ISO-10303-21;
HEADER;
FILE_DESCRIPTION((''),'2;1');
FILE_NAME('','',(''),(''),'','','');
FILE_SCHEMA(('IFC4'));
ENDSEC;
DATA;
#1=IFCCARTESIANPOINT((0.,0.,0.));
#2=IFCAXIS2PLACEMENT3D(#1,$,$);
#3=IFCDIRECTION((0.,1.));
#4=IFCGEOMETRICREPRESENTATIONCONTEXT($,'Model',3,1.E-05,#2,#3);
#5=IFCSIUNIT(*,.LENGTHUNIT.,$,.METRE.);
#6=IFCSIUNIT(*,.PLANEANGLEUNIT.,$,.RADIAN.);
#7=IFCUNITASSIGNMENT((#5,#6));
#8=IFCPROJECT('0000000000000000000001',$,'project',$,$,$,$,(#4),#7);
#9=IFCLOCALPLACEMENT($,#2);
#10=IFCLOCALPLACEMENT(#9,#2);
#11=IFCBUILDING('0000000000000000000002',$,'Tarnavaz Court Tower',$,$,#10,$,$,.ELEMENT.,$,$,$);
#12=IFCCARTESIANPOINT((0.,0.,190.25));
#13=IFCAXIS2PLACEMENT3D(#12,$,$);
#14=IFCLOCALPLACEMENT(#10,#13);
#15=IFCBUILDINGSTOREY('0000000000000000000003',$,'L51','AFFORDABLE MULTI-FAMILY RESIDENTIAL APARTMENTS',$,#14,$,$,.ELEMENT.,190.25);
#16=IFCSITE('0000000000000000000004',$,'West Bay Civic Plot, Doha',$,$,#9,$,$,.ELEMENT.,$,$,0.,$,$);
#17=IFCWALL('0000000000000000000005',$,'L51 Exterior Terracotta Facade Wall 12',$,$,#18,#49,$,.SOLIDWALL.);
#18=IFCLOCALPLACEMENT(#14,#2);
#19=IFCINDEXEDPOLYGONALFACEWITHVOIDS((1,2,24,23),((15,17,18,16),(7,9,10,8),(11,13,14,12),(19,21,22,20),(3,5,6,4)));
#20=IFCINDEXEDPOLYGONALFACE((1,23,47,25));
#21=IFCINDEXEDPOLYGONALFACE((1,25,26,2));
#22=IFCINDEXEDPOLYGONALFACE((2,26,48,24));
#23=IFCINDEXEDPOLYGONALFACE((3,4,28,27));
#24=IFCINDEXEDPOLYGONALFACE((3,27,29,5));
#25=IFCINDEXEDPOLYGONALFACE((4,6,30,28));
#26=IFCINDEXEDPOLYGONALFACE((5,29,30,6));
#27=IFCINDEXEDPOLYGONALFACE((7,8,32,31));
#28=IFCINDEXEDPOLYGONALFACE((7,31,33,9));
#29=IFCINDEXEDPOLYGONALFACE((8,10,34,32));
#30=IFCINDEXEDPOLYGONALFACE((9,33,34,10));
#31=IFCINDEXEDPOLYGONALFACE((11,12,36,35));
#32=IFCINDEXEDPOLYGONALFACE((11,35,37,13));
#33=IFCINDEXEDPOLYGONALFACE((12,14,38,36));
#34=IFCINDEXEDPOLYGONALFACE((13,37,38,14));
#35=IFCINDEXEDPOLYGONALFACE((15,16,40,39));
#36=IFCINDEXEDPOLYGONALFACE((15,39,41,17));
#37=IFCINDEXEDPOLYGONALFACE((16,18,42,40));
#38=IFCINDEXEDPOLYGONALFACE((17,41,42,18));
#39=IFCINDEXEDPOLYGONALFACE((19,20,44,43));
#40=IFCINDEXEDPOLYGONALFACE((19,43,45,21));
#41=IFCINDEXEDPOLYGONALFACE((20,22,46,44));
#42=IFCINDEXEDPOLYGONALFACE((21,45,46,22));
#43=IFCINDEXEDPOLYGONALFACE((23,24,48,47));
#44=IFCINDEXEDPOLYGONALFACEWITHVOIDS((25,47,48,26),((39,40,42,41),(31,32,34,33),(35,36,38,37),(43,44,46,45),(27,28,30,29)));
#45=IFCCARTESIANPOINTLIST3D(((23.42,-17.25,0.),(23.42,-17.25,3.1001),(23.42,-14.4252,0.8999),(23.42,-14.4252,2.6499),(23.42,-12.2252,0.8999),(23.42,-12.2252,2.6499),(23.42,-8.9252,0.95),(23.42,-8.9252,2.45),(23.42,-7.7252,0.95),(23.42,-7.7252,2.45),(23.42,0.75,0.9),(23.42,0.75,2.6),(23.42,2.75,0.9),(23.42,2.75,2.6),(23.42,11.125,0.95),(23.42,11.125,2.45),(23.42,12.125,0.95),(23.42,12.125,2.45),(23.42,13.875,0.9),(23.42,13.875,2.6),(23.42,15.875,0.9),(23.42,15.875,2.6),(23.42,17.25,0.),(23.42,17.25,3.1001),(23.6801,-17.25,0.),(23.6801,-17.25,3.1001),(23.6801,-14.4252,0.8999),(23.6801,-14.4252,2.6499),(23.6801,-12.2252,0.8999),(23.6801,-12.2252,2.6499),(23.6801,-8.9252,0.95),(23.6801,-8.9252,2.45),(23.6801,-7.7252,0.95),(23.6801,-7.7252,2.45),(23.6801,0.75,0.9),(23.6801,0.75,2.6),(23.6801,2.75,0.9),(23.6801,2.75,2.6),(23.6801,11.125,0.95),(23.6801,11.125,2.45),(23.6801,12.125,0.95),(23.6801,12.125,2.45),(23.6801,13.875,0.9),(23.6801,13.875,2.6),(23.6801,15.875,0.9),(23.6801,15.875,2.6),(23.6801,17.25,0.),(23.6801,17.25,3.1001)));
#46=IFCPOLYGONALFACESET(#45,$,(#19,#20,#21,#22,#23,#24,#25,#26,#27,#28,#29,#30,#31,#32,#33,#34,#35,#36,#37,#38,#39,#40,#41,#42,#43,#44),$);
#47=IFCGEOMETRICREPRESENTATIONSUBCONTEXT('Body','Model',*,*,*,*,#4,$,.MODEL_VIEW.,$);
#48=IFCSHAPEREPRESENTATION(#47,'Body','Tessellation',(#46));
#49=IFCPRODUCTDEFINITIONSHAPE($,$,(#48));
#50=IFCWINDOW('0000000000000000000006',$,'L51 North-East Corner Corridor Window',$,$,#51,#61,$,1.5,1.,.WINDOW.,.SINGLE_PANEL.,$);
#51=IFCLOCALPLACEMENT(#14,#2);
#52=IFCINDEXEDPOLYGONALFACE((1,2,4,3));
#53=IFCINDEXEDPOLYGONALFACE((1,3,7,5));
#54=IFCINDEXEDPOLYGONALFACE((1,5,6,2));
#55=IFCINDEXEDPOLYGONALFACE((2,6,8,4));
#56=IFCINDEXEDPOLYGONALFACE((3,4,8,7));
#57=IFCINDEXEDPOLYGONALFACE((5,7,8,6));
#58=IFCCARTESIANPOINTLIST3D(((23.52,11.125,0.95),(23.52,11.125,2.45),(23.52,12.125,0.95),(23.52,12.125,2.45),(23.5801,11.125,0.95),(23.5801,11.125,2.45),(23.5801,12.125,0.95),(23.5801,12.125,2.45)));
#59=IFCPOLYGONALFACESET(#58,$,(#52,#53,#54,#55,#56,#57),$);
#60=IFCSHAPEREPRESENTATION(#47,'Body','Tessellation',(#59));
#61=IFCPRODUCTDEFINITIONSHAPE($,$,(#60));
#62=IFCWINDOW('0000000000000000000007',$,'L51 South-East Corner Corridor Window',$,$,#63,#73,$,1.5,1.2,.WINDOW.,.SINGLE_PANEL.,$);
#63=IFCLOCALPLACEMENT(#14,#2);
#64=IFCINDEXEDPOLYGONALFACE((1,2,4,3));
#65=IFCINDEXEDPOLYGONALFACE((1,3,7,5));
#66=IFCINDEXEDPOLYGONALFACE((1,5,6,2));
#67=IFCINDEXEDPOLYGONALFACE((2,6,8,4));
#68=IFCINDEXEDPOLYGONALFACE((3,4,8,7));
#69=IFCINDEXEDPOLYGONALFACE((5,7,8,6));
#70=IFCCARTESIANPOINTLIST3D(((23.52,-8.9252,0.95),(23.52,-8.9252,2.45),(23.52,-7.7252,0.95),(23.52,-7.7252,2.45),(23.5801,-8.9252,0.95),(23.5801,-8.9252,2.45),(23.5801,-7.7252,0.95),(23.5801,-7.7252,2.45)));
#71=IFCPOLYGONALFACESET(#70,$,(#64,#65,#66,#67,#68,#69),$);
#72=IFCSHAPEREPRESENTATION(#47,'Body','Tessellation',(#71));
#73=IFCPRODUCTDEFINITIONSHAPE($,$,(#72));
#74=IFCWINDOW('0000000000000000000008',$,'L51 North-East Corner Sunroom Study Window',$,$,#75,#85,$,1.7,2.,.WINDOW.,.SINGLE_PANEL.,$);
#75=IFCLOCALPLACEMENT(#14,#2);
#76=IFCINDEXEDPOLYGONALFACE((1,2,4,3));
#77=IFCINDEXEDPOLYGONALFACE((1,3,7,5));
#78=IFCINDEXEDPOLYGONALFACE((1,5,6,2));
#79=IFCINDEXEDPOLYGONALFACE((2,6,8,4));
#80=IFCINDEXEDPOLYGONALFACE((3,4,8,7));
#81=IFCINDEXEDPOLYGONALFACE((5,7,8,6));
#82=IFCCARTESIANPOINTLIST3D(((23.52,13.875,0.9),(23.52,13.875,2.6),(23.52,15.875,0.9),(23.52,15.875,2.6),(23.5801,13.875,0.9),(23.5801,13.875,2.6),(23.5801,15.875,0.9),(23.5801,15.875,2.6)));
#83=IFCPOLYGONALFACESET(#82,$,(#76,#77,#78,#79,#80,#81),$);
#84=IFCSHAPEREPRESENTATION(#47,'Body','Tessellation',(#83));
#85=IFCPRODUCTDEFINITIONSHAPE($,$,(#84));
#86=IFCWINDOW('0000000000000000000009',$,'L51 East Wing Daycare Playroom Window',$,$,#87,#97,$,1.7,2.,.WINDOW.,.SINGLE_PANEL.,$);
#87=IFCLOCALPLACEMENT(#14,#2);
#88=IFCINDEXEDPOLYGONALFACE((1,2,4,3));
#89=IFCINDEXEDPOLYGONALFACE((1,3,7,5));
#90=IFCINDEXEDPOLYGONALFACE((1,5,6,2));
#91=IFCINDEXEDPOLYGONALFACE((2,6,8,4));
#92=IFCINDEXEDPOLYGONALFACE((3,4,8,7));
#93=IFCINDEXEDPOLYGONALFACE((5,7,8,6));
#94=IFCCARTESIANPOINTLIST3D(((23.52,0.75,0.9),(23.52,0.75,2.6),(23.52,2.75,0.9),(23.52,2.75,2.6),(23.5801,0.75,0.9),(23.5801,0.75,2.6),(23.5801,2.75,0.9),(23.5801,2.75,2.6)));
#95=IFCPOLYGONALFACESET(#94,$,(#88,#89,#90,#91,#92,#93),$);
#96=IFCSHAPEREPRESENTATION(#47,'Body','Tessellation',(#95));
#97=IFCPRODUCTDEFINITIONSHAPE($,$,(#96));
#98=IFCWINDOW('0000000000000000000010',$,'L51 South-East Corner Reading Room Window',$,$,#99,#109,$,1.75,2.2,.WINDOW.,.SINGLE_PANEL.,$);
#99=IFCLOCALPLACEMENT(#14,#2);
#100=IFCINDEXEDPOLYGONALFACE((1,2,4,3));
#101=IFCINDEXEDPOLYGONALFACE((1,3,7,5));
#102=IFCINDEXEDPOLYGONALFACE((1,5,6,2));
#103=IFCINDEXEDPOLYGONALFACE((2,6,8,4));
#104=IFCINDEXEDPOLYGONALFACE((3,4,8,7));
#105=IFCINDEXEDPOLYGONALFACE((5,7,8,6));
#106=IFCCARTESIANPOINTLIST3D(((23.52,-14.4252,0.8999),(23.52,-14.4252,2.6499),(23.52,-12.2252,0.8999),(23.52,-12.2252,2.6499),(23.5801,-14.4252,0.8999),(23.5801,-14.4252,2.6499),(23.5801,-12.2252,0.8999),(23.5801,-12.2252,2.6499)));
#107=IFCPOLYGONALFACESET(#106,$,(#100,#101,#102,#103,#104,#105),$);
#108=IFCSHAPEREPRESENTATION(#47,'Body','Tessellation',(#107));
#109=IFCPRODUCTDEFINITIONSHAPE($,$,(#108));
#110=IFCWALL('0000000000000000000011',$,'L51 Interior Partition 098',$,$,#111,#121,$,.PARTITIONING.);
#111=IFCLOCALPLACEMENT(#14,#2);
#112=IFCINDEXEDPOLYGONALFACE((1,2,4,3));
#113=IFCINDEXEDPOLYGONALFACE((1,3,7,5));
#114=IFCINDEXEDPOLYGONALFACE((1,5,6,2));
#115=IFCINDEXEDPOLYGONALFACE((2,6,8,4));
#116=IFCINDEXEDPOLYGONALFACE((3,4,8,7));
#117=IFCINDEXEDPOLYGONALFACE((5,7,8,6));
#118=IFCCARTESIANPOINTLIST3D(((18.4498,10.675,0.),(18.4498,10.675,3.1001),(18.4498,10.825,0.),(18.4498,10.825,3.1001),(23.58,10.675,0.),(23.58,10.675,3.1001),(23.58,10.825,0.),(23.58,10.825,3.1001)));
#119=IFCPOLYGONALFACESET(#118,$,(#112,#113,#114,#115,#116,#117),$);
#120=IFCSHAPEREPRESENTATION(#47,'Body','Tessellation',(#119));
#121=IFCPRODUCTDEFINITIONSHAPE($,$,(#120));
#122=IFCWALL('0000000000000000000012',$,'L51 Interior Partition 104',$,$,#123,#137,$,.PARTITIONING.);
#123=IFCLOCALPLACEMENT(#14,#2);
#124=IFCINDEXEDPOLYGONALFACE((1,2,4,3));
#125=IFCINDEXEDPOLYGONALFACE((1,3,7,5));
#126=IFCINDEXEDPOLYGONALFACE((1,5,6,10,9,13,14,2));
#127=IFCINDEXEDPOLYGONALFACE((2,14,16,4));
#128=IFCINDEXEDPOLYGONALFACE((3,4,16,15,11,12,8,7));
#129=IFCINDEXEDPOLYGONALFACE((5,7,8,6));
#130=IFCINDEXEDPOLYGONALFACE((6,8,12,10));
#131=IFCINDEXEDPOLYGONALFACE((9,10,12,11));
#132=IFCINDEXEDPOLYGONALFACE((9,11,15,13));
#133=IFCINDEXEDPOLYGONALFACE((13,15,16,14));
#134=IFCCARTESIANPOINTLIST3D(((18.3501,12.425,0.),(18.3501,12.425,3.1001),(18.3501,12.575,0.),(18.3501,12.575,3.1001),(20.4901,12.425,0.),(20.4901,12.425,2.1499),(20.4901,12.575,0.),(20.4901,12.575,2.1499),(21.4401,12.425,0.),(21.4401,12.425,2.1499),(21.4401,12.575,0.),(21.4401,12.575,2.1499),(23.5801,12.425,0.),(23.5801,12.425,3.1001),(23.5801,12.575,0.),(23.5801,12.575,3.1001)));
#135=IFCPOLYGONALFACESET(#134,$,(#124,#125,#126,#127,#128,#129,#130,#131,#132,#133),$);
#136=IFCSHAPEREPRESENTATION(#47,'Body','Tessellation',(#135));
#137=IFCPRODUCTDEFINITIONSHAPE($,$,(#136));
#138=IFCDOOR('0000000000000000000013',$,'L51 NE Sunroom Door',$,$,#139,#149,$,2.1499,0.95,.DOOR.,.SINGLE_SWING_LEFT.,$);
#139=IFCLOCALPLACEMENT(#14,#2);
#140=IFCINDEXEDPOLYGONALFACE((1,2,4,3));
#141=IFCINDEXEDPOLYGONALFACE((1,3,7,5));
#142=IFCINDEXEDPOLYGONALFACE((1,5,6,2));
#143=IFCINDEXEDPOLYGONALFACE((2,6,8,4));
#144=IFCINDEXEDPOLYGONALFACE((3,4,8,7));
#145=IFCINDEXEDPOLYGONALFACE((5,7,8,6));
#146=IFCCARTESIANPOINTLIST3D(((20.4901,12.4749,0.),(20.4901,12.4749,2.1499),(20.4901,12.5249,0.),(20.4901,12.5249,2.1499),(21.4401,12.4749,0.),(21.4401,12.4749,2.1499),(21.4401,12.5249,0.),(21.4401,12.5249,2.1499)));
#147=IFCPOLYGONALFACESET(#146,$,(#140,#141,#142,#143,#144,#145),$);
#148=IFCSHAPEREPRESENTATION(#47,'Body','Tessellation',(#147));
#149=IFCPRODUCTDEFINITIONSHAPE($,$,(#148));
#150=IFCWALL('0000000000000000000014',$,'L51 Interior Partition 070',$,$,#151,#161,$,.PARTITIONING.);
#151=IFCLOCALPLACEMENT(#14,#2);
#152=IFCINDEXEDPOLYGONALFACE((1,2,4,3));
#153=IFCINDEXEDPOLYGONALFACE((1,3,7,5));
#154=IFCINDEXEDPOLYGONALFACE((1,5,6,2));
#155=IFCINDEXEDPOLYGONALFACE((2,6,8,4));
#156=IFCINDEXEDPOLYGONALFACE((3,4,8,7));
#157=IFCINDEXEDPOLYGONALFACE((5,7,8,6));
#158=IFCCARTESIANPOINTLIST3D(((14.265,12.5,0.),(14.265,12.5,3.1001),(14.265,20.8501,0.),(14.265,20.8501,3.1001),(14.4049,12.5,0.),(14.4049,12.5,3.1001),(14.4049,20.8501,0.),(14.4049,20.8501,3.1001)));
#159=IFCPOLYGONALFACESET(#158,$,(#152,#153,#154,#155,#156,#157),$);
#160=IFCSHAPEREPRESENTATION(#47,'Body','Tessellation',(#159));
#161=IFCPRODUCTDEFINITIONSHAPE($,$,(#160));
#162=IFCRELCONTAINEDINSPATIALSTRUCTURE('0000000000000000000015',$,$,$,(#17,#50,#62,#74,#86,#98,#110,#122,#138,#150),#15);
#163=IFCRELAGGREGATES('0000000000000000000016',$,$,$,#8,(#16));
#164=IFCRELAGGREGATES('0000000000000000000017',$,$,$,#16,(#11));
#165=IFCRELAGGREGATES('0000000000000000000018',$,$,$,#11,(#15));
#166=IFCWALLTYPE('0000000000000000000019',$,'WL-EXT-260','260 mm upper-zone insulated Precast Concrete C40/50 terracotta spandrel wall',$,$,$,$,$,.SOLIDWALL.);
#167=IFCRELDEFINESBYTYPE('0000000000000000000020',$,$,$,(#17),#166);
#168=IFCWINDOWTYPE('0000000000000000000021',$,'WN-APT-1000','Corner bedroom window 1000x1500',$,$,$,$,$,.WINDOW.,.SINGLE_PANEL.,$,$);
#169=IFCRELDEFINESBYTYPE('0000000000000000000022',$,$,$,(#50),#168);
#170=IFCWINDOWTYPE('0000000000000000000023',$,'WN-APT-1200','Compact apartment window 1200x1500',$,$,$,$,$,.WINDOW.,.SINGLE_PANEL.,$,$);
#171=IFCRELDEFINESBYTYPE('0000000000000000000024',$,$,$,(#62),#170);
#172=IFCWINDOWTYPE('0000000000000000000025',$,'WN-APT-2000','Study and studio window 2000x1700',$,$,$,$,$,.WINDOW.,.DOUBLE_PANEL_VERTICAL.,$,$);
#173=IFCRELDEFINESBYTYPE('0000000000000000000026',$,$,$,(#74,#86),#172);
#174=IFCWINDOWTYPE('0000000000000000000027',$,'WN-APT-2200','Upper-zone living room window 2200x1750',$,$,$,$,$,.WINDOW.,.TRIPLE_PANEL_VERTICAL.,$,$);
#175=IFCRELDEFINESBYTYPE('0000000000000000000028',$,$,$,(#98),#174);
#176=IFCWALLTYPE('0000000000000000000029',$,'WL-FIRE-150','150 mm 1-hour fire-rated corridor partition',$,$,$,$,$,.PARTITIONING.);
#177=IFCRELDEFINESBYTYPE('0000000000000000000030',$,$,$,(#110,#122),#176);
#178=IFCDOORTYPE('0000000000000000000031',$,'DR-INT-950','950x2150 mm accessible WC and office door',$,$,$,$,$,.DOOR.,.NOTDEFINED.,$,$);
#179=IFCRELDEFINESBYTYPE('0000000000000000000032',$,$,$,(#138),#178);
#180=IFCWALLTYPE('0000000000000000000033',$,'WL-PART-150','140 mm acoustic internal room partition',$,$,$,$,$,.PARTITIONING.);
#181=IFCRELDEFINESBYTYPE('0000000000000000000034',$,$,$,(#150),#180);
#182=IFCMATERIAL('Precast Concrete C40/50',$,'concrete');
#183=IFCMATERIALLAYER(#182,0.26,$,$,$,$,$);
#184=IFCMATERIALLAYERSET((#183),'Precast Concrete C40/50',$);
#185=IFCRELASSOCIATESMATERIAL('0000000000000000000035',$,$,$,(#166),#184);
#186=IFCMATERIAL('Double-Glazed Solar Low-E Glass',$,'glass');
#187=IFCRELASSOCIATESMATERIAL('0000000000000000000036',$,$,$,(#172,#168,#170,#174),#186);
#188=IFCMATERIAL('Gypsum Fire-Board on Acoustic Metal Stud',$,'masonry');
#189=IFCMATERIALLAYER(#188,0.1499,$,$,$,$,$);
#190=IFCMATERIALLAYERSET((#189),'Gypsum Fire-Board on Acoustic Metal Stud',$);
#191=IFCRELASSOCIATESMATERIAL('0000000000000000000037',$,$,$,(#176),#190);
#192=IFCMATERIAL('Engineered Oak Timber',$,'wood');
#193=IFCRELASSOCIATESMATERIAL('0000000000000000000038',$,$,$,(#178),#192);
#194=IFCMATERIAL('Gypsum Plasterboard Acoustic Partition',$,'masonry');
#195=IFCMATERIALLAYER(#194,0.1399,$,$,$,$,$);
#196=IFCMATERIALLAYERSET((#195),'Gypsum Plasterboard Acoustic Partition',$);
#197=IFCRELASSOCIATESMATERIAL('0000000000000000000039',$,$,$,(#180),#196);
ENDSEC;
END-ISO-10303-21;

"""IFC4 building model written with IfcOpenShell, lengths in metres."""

from ifc_helpers import new_model, si_unit, direction, frame, frame_2d, origin, place, context, subcontext, project, spatial, rectangle, extrude, material, layer, layer_set, type_object, element, fill, save


model = new_model("IFC4")

# Units and contexts
model_context = context("Model", 3, precision=1e-05, world=origin(), true_north=direction((0.0, 1.0)))
body_context = subcontext(model_context, "Body", "Model", "MODEL_VIEW")
ifc_project = project(units=[si_unit("LENGTHUNIT", "METRE"), si_unit("PLANEANGLEUNIT", "RADIAN")], contexts=[model_context])

# Site, building, storey
site_placement = place(None, origin())
site = spatial("IfcSite", under=ifc_project, at=site_placement, Name="West Bay Civic Plot, Doha", CompositionType="ELEMENT", RefElevation=0.0)
building_placement = place(site_placement, origin())
building = spatial("IfcBuilding", under=site, at=building_placement, Name="Tarnavaz Court Tower", CompositionType="ELEMENT")
storey_placement = place(building_placement, frame((0.0, 0.0, 190.25)))
storey = spatial("IfcBuildingStorey", under=building, at=storey_placement, Name="L51", Description="AFFORDABLE MULTI-FAMILY RESIDENTIAL APARTMENTS", CompositionType="ELEMENT", Elevation=190.25)

# Shared definitions
ifc_material_1 = material(Name="Precast Concrete C40/50", Category="concrete")
ifc_layer_1 = layer(ifc_material_1, 0.26)
ifc_layer_set_1 = layer_set([ifc_layer_1], Name="Precast Concrete C40/50")
wall_type_1 = type_object("IfcWallType", Name="WL-EXT-260", Description="260 mm upper-zone insulated Precast Concrete C40/50 terracotta spandrel wall", PredefinedType="SOLIDWALL", material=ifc_layer_set_1)
ifc_material_2 = material(Name="Double-Glazed Solar Low-E Glass", Category="glass")
window_type_1 = type_object("IfcWindowType", Name="WN-APT-2000", Description="Study and studio window 2000x1700", PartitioningType="DOUBLE_PANEL_VERTICAL", PredefinedType="WINDOW", material=ifc_material_2)

# Wall, openings, windows
wall_1_placement = place(storey_placement, frame((23.55, 17.25, 0.0), z_axis=(0.0, 0.0, 1.0), x_axis=(0.0, -1.0, 0.0)))
wall_1 = element("IfcWall", 1, at=wall_1_placement, inside=storey, type_object=wall_type_1, Name="L51 Exterior Terracotta Facade Wall 12", PredefinedType="SOLIDWALL", context=body_context, shape_type="SweptSolid", body=[
    extrude(rectangle(XDim=34.5, YDim=0.26, at=frame_2d((17.25, 0.0))), origin(), (0.0, 0.0, 1.0), 3.1001),
])
opening_1_placement = place(wall_1_placement, frame((1.375, 0.0, 0.8999)))
opening_1 = element("IfcOpeningElement", 2, at=opening_1_placement, cuts=wall_1, PredefinedType="OPENING", context=body_context, shape_type="SweptSolid", body=[
    extrude(rectangle(XDim=2.0, YDim=1.7, at=frame_2d((1.0, 0.8501))), frame((0.0, 0.1399, 0.0), z_axis=(0.0, -1.0, 0.0), x_axis=(1.0, 0.0, 0.0)), (0.0, 0.0, 1.0), 0.28),
])
opening_2_placement = place(wall_1_placement, frame((5.125, 0.0, 0.95)))
opening_2 = element("IfcOpeningElement", 3, at=opening_2_placement, cuts=wall_1, PredefinedType="OPENING", context=body_context, shape_type="SweptSolid", body=[
    extrude(rectangle(XDim=1.0, YDim=1.5, at=frame_2d((0.5, 0.75))), frame((0.0, 0.1399, 0.0), z_axis=(0.0, -1.0, 0.0), x_axis=(1.0, 0.0, 0.0)), (0.0, 0.0, 1.0), 0.28),
])
opening_3_placement = place(wall_1_placement, frame((14.5, 0.0, 0.8999)))
opening_3 = element("IfcOpeningElement", 4, at=opening_3_placement, cuts=wall_1, PredefinedType="OPENING", context=body_context, shape_type="SweptSolid", body=[
    extrude(rectangle(XDim=2.0, YDim=1.7, at=frame_2d((1.0, 0.8501))), frame((0.0, 0.1399, 0.0), z_axis=(0.0, -1.0, 0.0), x_axis=(1.0, 0.0, 0.0)), (0.0, 0.0, 1.0), 0.28),
])
opening_4_placement = place(wall_1_placement, frame((24.9751, 0.0, 0.95)))
opening_4 = element("IfcOpeningElement", 5, at=opening_4_placement, cuts=wall_1, PredefinedType="OPENING", context=body_context, shape_type="SweptSolid", body=[
    extrude(rectangle(XDim=1.2, YDim=1.5, at=frame_2d((0.6001, 0.75))), frame((0.0, 0.1399, 0.0), z_axis=(0.0, -1.0, 0.0), x_axis=(1.0, 0.0, 0.0)), (0.0, 0.0, 1.0), 0.28),
])
opening_5_placement = place(wall_1_placement, frame((29.4751, 0.0, 0.8999)))
opening_5 = element("IfcOpeningElement", 6, at=opening_5_placement, cuts=wall_1, PredefinedType="OPENING", context=body_context, shape_type="SweptSolid", body=[
    extrude(rectangle(XDim=2.2, YDim=1.75, at=frame_2d((1.1001, 0.875))), frame((0.0, 0.1399, 0.0), z_axis=(0.0, -1.0, 0.0), x_axis=(1.0, 0.0, 0.0)), (0.0, 0.0, 1.0), 0.28),
])
window_type_2 = type_object("IfcWindowType", Name="WN-APT-1000", Description="Corner bedroom window 1000x1500", PartitioningType="SINGLE_PANEL", PredefinedType="WINDOW", material=ifc_material_2)
window_1_placement = place(opening_2_placement, origin())
window_1 = element("IfcWindow", 7, at=window_1_placement, inside=storey, type_object=window_type_2, Name="L51 North-East Corner Corridor Window", OverallHeight=1.5, OverallWidth=1.0, PartitioningType="SINGLE_PANEL", PredefinedType="WINDOW", context=body_context, shape_type="SweptSolid", body=[
    extrude(rectangle(XDim=1.0, YDim=1.5, at=frame_2d((0.5, 0.75))), frame((0.0, 0.03, 0.0), z_axis=(0.0, -1.0, 0.0), x_axis=(1.0, 0.0, 0.0)), (0.0, 0.0, 1.0), 0.0601),
])
fill(opening_2, window_1)
window_type_3 = type_object("IfcWindowType", Name="WN-APT-1200", Description="Compact apartment window 1200x1500", PartitioningType="SINGLE_PANEL", PredefinedType="WINDOW", material=ifc_material_2)
window_2_placement = place(opening_4_placement, origin())
window_2 = element("IfcWindow", 8, at=window_2_placement, inside=storey, type_object=window_type_3, Name="L51 South-East Corner Corridor Window", OverallHeight=1.5, OverallWidth=1.2, PartitioningType="SINGLE_PANEL", PredefinedType="WINDOW", context=body_context, shape_type="SweptSolid", body=[
    extrude(rectangle(XDim=1.2, YDim=1.5, at=frame_2d((0.6001, 0.75))), frame((0.0, 0.03, 0.0), z_axis=(0.0, -1.0, 0.0), x_axis=(1.0, 0.0, 0.0)), (0.0, 0.0, 1.0), 0.0601),
])
fill(opening_4, window_2)
window_3_placement = place(opening_1_placement, origin())
window_3 = element("IfcWindow", 9, at=window_3_placement, inside=storey, type_object=window_type_1, Name="L51 North-East Corner Sunroom Study Window", OverallHeight=1.7, OverallWidth=2.0, PartitioningType="SINGLE_PANEL", PredefinedType="WINDOW", context=body_context, shape_type="SweptSolid", body=[
    extrude(rectangle(XDim=2.0, YDim=1.7, at=frame_2d((1.0, 0.8501))), frame((0.0, 0.03, 0.0), z_axis=(0.0, -1.0, 0.0), x_axis=(1.0, 0.0, 0.0)), (0.0, 0.0, 1.0), 0.0601),
])
fill(opening_1, window_3)
window_4_placement = place(opening_3_placement, origin())
window_4 = element("IfcWindow", 10, at=window_4_placement, inside=storey, type_object=window_type_1, Name="L51 East Wing Daycare Playroom Window", OverallHeight=1.7, OverallWidth=2.0, PartitioningType="SINGLE_PANEL", PredefinedType="WINDOW", context=body_context, shape_type="SweptSolid", body=[
    extrude(rectangle(XDim=2.0, YDim=1.7, at=frame_2d((1.0, 0.8501))), frame((0.0, 0.03, 0.0), z_axis=(0.0, -1.0, 0.0), x_axis=(1.0, 0.0, 0.0)), (0.0, 0.0, 1.0), 0.0601),
])
fill(opening_3, window_4)
window_type_4 = type_object("IfcWindowType", Name="WN-APT-2200", Description="Upper-zone living room window 2200x1750", PartitioningType="TRIPLE_PANEL_VERTICAL", PredefinedType="WINDOW", material=ifc_material_2)
window_5_placement = place(opening_5_placement, origin())
window_5 = element("IfcWindow", 11, at=window_5_placement, inside=storey, type_object=window_type_4, Name="L51 South-East Corner Reading Room Window", OverallHeight=1.75, OverallWidth=2.2, PartitioningType="SINGLE_PANEL", PredefinedType="WINDOW", context=body_context, shape_type="SweptSolid", body=[
    extrude(rectangle(XDim=2.2, YDim=1.75, at=frame_2d((1.1001, 0.875))), frame((0.0, 0.03, 0.0), z_axis=(0.0, -1.0, 0.0), x_axis=(1.0, 0.0, 0.0)), (0.0, 0.0, 1.0), 0.0601),
])
fill(opening_5, window_5)

# Wall
ifc_material_3 = material(Name="Gypsum Fire-Board on Acoustic Metal Stud", Category="masonry")
ifc_layer_2 = layer(ifc_material_3, 0.1499)
ifc_layer_set_2 = layer_set([ifc_layer_2], Name="Gypsum Fire-Board on Acoustic Metal Stud")
wall_type_2 = type_object("IfcWallType", Name="WL-FIRE-150", Description="150 mm 1-hour fire-rated corridor partition", PredefinedType="PARTITIONING", material=ifc_layer_set_2)
wall_2_placement = place(storey_placement, frame((18.45, 10.75, 0.0), z_axis=(0.0, 0.0, 1.0), x_axis=(1.0, 0.0, 0.0)))
element("IfcWall", 12, at=wall_2_placement, inside=storey, type_object=wall_type_2, Name="L51 Interior Partition 098", PredefinedType="PARTITIONING", context=body_context, shape_type="SweptSolid", body=[
    extrude(rectangle(XDim=5.1301, YDim=0.1499, at=frame_2d((2.5649, 0.0))), origin(), (0.0, 0.0, 1.0), 3.1001),
])

# Wall, opening, door
wall_3_placement = place(storey_placement, frame((18.3501, 12.5, 0.0), z_axis=(0.0, 0.0, 1.0), x_axis=(1.0, 0.0, 0.0)))
wall_3 = element("IfcWall", 13, at=wall_3_placement, inside=storey, type_object=wall_type_2, Name="L51 Interior Partition 104", PredefinedType="PARTITIONING", context=body_context, shape_type="SweptSolid", body=[
    extrude(rectangle(XDim=5.23, YDim=0.1499, at=frame_2d((2.615, 0.0))), origin(), (0.0, 0.0, 1.0), 3.1001),
])
opening_6_placement = place(wall_3_placement, frame((2.1399, 0.0, 0.0)))
opening_6 = element("IfcOpeningElement", 14, at=opening_6_placement, cuts=wall_3, PredefinedType="OPENING", context=body_context, shape_type="SweptSolid", body=[
    extrude(rectangle(XDim=0.95, YDim=2.1499, at=frame_2d((0.4751, 1.075))), frame((0.0, 0.085, 0.0), z_axis=(0.0, -1.0, 0.0), x_axis=(1.0, 0.0, 0.0)), (0.0, 0.0, 1.0), 0.1699),
])
ifc_material_4 = material(Name="Engineered Oak Timber", Category="wood")
door_type = type_object("IfcDoorType", Name="DR-INT-950", Description="950x2150 mm accessible WC and office door", OperationType="NOTDEFINED", PredefinedType="DOOR", material=ifc_material_4)
door_placement = place(opening_6_placement, origin())
door = element("IfcDoor", 15, at=door_placement, inside=storey, type_object=door_type, Name="L51 NE Sunroom Door", OperationType="SINGLE_SWING_LEFT", OverallHeight=2.1499, OverallWidth=0.95, PredefinedType="DOOR", context=body_context, shape_type="SweptSolid", body=[
    extrude(rectangle(XDim=0.95, YDim=2.1499, at=frame_2d((0.4751, 1.075))), frame((0.0, 0.0249, 0.0), z_axis=(0.0, -1.0, 0.0), x_axis=(1.0, 0.0, 0.0)), (0.0, 0.0, 1.0), 0.05),
])
fill(opening_6, door)

# Wall
ifc_material_5 = material(Name="Gypsum Plasterboard Acoustic Partition", Category="masonry")
ifc_layer_3 = layer(ifc_material_5, 0.1399)
ifc_layer_set_3 = layer_set([ifc_layer_3], Name="Gypsum Plasterboard Acoustic Partition")
wall_type_3 = type_object("IfcWallType", Name="WL-PART-150", Description="140 mm acoustic internal room partition", PredefinedType="PARTITIONING", material=ifc_layer_set_3)
wall_4_placement = place(storey_placement, frame((14.335, 12.5, 0.0), z_axis=(0.0, 0.0, 1.0), x_axis=(0.0, 1.0, 0.0)))
element("IfcWall", 16, at=wall_4_placement, inside=storey, type_object=wall_type_3, Name="L51 Interior Partition 070", PredefinedType="PARTITIONING", context=body_context, shape_type="SweptSolid", body=[
    extrude(rectangle(XDim=8.3501, YDim=0.1399, at=frame_2d((4.175, 0.0))), origin(), (0.0, 0.0, 1.0), 3.1001),
])

save(model, "model.ifc")
